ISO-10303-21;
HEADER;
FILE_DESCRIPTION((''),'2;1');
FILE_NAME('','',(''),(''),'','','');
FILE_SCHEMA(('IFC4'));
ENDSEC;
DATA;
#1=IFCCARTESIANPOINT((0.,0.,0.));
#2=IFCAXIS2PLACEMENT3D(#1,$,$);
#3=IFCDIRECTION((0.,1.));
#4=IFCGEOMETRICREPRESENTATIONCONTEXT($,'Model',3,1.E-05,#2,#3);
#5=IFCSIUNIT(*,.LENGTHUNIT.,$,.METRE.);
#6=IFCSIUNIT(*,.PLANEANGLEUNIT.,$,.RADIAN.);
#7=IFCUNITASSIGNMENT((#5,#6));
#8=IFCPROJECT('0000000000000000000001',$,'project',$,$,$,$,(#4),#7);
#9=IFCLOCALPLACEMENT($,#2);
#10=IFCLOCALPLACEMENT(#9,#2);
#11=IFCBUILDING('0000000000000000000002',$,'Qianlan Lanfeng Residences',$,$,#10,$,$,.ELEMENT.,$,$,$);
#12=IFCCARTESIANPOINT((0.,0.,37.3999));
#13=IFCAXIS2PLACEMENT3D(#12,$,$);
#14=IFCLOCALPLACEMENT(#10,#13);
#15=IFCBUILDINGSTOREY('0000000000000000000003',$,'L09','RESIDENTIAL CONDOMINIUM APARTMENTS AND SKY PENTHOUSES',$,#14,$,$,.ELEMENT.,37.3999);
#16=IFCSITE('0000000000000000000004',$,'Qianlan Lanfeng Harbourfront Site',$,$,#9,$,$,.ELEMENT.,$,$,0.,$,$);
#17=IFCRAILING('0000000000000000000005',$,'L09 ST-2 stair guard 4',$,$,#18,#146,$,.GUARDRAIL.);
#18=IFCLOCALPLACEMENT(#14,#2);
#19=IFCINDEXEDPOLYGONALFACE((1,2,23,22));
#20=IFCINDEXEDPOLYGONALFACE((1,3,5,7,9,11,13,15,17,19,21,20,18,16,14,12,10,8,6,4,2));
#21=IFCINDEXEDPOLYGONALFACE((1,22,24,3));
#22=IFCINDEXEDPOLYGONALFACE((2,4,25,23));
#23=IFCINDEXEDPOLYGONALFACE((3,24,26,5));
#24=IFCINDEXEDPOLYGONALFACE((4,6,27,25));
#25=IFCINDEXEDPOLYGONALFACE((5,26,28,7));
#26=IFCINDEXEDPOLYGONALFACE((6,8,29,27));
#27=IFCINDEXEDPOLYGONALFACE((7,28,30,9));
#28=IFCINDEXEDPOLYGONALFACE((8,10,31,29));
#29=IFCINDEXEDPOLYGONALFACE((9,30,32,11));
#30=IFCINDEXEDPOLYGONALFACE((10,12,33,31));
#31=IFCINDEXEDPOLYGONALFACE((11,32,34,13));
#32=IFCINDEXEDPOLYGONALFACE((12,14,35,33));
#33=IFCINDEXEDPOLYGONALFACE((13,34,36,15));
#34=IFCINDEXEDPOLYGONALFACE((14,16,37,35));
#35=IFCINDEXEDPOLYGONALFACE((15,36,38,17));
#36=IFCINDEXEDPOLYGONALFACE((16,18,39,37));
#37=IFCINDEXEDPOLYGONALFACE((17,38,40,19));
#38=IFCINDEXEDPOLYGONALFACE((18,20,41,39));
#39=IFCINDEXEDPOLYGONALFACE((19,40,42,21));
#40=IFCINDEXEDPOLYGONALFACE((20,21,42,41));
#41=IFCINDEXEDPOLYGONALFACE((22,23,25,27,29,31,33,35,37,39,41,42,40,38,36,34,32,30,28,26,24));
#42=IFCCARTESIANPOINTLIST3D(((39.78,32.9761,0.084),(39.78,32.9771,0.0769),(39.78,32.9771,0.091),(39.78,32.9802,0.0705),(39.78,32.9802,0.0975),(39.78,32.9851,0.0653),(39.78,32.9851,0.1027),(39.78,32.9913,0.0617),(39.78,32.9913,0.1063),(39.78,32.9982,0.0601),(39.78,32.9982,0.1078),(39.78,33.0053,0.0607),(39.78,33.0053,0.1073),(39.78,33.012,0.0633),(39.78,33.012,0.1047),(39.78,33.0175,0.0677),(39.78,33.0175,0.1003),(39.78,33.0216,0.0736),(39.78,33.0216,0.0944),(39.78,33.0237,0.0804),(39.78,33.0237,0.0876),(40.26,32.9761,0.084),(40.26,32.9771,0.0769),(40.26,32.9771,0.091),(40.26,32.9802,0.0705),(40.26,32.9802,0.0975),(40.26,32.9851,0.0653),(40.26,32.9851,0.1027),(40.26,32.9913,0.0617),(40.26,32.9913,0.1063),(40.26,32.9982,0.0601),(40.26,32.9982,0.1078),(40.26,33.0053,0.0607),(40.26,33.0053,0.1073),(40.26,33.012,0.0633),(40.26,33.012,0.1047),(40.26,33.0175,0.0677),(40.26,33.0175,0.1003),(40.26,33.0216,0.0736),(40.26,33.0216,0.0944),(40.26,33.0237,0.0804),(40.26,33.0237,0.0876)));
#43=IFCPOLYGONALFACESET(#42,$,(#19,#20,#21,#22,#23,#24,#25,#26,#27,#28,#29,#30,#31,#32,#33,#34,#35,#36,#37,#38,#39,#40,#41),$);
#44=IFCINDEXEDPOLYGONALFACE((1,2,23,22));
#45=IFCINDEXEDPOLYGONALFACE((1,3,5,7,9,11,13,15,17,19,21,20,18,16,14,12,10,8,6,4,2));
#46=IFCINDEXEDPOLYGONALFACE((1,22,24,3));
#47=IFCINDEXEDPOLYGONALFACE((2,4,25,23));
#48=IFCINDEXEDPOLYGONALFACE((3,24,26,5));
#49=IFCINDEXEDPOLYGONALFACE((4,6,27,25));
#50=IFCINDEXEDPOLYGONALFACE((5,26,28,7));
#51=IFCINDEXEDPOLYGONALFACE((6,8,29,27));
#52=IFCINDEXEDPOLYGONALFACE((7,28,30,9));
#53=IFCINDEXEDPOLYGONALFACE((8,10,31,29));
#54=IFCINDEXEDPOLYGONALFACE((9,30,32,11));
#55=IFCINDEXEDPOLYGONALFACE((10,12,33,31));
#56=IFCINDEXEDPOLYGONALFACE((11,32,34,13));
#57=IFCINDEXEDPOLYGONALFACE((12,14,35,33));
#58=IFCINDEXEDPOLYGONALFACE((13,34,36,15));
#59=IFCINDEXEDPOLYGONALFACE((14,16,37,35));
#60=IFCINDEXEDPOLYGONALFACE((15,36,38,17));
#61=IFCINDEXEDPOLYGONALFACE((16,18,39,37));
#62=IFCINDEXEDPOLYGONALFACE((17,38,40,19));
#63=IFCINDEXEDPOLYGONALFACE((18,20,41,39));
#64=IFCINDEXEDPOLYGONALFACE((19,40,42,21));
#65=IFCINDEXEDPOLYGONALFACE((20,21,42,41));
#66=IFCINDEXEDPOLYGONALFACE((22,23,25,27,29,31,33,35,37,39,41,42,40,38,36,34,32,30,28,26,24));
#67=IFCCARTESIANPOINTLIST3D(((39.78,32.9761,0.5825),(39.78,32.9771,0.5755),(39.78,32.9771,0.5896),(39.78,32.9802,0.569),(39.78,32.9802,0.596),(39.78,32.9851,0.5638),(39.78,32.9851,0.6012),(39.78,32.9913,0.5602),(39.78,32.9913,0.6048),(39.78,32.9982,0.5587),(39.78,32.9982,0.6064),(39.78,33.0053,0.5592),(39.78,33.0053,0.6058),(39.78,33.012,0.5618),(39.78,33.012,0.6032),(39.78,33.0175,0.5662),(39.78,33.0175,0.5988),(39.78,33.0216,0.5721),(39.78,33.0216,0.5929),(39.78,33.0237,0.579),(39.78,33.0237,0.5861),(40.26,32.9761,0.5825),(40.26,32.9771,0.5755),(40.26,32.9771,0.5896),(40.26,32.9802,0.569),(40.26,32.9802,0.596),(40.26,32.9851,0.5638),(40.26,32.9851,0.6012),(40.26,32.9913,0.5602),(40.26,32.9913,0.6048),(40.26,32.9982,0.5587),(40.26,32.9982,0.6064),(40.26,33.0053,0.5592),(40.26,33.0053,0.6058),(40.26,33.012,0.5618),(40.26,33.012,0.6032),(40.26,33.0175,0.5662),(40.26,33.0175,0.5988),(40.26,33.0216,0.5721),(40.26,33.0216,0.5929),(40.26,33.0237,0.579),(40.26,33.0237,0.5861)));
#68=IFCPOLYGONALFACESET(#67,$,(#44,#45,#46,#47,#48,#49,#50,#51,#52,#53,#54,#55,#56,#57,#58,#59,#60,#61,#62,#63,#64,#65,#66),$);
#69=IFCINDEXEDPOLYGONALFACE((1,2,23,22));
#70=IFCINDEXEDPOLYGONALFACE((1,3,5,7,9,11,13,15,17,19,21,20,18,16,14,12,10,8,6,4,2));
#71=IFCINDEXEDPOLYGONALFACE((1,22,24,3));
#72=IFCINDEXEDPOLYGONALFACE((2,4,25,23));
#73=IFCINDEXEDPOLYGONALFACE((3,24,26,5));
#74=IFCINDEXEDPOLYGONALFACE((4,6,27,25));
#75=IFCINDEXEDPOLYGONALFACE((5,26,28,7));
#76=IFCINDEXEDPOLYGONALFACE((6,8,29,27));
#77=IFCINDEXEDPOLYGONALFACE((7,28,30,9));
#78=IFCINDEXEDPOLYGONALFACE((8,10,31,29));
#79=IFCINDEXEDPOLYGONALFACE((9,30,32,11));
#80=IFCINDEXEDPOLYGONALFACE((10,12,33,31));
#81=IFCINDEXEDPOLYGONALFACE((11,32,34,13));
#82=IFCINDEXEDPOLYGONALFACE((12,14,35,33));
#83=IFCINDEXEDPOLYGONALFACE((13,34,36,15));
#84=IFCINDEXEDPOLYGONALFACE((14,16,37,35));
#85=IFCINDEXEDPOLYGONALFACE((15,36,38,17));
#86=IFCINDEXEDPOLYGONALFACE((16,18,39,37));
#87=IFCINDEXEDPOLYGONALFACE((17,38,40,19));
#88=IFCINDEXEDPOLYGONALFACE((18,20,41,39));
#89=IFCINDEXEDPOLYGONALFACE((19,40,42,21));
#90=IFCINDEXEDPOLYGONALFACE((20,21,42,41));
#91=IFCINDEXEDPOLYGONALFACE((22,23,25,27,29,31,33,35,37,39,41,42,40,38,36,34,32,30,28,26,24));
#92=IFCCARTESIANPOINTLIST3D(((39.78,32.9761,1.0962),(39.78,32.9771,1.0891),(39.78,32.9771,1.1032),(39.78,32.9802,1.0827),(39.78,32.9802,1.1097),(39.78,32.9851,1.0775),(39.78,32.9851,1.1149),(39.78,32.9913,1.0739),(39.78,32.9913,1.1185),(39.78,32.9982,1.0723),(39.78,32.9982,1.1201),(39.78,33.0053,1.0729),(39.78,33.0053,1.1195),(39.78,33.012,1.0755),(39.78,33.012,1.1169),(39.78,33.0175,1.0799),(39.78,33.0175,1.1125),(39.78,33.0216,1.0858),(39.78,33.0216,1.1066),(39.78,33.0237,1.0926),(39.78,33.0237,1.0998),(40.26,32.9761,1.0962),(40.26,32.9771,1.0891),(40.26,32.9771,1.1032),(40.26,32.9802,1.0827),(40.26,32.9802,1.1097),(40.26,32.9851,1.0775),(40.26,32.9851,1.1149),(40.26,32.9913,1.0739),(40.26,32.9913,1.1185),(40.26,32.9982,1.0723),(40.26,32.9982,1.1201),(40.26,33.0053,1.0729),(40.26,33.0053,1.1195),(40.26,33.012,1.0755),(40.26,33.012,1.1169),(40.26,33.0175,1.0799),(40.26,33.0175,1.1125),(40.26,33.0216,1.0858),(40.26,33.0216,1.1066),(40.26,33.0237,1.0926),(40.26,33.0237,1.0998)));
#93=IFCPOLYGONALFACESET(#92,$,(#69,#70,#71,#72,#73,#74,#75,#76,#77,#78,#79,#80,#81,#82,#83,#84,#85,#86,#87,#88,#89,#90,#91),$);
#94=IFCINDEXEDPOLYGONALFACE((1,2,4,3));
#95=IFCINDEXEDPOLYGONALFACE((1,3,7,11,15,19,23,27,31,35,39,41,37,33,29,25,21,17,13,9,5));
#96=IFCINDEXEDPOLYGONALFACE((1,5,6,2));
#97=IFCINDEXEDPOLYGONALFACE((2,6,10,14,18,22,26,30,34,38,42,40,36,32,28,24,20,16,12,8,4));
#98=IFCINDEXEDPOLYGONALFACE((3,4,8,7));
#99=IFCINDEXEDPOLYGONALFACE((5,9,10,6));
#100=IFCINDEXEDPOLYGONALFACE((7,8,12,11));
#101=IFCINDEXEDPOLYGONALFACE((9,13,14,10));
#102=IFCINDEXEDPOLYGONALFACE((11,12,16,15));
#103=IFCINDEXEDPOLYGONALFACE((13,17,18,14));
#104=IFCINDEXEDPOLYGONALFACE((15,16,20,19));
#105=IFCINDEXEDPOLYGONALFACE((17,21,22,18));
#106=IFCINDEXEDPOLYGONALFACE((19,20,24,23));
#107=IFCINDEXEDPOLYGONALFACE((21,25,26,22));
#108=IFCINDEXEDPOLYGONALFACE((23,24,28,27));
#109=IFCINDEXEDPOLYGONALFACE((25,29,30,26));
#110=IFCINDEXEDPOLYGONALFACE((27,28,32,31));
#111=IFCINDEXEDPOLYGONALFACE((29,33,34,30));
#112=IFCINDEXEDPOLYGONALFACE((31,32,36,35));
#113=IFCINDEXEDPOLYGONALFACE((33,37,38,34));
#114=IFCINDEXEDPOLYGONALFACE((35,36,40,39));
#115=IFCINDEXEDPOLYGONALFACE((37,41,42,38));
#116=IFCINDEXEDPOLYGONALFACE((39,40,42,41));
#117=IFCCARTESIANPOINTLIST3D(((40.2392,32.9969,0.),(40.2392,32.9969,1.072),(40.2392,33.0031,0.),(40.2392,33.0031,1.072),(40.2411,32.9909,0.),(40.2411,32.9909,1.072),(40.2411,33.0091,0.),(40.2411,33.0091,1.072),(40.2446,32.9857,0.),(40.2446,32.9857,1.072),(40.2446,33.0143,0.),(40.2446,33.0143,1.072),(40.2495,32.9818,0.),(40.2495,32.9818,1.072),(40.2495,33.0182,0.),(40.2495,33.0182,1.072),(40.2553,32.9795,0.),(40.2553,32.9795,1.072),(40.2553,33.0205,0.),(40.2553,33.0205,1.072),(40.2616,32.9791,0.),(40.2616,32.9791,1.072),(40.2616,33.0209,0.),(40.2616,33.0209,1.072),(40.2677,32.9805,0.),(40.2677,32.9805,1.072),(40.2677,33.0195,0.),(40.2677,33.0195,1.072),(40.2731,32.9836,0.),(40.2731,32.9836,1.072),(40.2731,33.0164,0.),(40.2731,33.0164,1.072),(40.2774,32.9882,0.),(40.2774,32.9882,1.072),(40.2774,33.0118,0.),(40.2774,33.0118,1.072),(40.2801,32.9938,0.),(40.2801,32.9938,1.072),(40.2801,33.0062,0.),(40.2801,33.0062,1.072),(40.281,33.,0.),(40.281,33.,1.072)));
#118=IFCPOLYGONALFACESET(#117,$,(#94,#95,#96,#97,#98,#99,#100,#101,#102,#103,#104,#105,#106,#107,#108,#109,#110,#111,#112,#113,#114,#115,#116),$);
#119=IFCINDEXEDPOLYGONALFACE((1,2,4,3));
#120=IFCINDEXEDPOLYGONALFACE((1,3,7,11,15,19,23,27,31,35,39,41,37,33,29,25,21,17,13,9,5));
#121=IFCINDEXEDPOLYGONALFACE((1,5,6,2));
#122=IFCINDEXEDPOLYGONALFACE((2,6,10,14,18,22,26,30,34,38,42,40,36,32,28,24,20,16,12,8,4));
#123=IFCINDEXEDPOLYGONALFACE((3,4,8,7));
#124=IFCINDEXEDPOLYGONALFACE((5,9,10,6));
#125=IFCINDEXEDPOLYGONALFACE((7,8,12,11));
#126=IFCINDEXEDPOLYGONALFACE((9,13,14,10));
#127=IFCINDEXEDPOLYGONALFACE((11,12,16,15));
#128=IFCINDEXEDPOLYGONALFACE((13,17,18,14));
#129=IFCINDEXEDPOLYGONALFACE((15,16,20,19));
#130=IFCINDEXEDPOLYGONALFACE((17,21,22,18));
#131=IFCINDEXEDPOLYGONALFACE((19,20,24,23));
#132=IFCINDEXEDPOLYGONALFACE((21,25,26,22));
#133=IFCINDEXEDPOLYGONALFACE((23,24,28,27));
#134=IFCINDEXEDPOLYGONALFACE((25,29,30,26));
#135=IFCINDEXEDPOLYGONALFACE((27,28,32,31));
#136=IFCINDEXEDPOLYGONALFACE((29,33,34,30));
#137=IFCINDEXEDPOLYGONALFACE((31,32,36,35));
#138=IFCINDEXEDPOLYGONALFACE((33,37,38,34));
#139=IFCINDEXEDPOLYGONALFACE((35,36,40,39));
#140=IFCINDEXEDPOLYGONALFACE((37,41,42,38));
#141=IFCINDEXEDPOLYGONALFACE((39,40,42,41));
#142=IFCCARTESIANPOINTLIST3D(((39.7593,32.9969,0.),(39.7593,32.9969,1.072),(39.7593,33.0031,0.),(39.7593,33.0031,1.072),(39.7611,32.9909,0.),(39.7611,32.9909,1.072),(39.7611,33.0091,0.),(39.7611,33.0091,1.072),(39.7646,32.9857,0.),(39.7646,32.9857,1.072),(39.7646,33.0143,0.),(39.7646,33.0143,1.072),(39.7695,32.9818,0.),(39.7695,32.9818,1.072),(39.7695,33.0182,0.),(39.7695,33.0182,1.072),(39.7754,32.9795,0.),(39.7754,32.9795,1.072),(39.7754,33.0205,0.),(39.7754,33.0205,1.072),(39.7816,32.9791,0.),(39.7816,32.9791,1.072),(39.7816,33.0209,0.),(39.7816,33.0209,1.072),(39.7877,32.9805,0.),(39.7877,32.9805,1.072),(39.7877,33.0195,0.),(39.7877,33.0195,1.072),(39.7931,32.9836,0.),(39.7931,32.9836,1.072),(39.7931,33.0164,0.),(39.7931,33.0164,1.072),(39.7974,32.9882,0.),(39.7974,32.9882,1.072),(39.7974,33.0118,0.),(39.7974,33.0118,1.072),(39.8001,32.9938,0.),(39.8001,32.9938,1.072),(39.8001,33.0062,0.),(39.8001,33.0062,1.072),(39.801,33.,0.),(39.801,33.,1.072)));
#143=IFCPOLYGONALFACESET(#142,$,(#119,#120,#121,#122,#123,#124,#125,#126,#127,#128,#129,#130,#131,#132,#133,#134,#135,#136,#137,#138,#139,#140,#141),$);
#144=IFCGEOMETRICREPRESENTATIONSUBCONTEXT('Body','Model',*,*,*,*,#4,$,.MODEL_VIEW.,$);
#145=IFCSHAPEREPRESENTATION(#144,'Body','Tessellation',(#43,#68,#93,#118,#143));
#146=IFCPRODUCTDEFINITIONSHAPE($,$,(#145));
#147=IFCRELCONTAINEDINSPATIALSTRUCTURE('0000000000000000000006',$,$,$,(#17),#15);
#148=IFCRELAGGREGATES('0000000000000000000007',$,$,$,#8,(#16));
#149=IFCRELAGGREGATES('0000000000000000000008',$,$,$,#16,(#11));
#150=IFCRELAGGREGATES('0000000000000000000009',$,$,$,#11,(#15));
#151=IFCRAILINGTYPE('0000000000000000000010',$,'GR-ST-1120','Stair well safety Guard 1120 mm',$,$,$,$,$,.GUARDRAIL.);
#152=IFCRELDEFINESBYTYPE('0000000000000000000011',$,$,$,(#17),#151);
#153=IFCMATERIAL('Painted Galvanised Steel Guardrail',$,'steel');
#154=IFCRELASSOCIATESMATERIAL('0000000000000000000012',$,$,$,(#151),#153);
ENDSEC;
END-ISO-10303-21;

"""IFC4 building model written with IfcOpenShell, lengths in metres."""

from ifc_helpers import new_model, si_unit, direction, frame, origin, origin_2d, place, context, subcontext, project, spatial, circle, extrude, material, type_object, element, save


model = new_model("IFC4")

# Units and contexts
model_context = context("Model", 3, precision=1e-05, world=origin(), true_north=direction((0.0, 1.0)))
body_context = subcontext(model_context, "Body", "Model", "MODEL_VIEW")
ifc_project = project(units=[si_unit("LENGTHUNIT", "METRE"), si_unit("PLANEANGLEUNIT", "RADIAN")], contexts=[model_context])

# Site, building, storey
site_placement = place(None, origin())
site = spatial("IfcSite", under=ifc_project, at=site_placement, Name="Qianlan Lanfeng Harbourfront Site", CompositionType="ELEMENT", RefElevation=0.0)
building_placement = place(site_placement, origin())
building = spatial("IfcBuilding", under=site, at=building_placement, Name="Qianlan Lanfeng Residences", CompositionType="ELEMENT")
storey_placement = place(building_placement, frame((0.0, 0.0, 37.3999)))
storey = spatial("IfcBuildingStorey", under=building, at=storey_placement, Name="L09", Description="RESIDENTIAL CONDOMINIUM APARTMENTS AND SKY PENTHOUSES", CompositionType="ELEMENT", Elevation=37.3999)

# Railing
ifc_material_1 = material(Name="Painted Galvanised Steel Guardrail", Category="steel")
railing_type_1 = type_object("IfcRailingType", Name="GR-ST-1120", Description="Stair well safety Guard 1120 mm", PredefinedType="GUARDRAIL", material=ifc_material_1)
railing_1_placement = place(storey_placement, frame((40.26, 33.0, 0.0)))
element("IfcRailing", 1, at=railing_1_placement, inside=storey, type_object=railing_type_1, Name="L09 ST-2 stair guard 4", PredefinedType="GUARDRAIL", context=body_context, shape_type="SweptSolid", body=[
    extrude(circle(Radius=0.0239, at=origin_2d()), frame((0.0, 0.0, 0.084), z_axis=(-1.0, 0.0, 0.0), x_axis=(0.0, -1.0, 0.0)), (0.0, 0.0, 1.0), 0.48),
    extrude(circle(Radius=0.0239, at=origin_2d()), frame((0.0, 0.0, 0.5825), z_axis=(-1.0, 0.0, 0.0), x_axis=(0.0, -1.0, 0.0)), (0.0, 0.0, 1.0), 0.48),
    extrude(circle(Radius=0.0239, at=origin_2d()), frame((0.0, 0.0, 1.0962), z_axis=(-1.0, 0.0, 0.0), x_axis=(0.0, -1.0, 0.0)), (0.0, 0.0, 1.0), 0.48),
    extrude(circle(Radius=0.021, at=origin_2d()), origin(), (0.0, 0.0, 1.0), 1.072),
    extrude(circle(Radius=0.021, at=origin_2d()), frame((-0.48, 0.0, 0.0)), (0.0, 0.0, 1.0), 1.072),
])

save(model, "model.ifc")
